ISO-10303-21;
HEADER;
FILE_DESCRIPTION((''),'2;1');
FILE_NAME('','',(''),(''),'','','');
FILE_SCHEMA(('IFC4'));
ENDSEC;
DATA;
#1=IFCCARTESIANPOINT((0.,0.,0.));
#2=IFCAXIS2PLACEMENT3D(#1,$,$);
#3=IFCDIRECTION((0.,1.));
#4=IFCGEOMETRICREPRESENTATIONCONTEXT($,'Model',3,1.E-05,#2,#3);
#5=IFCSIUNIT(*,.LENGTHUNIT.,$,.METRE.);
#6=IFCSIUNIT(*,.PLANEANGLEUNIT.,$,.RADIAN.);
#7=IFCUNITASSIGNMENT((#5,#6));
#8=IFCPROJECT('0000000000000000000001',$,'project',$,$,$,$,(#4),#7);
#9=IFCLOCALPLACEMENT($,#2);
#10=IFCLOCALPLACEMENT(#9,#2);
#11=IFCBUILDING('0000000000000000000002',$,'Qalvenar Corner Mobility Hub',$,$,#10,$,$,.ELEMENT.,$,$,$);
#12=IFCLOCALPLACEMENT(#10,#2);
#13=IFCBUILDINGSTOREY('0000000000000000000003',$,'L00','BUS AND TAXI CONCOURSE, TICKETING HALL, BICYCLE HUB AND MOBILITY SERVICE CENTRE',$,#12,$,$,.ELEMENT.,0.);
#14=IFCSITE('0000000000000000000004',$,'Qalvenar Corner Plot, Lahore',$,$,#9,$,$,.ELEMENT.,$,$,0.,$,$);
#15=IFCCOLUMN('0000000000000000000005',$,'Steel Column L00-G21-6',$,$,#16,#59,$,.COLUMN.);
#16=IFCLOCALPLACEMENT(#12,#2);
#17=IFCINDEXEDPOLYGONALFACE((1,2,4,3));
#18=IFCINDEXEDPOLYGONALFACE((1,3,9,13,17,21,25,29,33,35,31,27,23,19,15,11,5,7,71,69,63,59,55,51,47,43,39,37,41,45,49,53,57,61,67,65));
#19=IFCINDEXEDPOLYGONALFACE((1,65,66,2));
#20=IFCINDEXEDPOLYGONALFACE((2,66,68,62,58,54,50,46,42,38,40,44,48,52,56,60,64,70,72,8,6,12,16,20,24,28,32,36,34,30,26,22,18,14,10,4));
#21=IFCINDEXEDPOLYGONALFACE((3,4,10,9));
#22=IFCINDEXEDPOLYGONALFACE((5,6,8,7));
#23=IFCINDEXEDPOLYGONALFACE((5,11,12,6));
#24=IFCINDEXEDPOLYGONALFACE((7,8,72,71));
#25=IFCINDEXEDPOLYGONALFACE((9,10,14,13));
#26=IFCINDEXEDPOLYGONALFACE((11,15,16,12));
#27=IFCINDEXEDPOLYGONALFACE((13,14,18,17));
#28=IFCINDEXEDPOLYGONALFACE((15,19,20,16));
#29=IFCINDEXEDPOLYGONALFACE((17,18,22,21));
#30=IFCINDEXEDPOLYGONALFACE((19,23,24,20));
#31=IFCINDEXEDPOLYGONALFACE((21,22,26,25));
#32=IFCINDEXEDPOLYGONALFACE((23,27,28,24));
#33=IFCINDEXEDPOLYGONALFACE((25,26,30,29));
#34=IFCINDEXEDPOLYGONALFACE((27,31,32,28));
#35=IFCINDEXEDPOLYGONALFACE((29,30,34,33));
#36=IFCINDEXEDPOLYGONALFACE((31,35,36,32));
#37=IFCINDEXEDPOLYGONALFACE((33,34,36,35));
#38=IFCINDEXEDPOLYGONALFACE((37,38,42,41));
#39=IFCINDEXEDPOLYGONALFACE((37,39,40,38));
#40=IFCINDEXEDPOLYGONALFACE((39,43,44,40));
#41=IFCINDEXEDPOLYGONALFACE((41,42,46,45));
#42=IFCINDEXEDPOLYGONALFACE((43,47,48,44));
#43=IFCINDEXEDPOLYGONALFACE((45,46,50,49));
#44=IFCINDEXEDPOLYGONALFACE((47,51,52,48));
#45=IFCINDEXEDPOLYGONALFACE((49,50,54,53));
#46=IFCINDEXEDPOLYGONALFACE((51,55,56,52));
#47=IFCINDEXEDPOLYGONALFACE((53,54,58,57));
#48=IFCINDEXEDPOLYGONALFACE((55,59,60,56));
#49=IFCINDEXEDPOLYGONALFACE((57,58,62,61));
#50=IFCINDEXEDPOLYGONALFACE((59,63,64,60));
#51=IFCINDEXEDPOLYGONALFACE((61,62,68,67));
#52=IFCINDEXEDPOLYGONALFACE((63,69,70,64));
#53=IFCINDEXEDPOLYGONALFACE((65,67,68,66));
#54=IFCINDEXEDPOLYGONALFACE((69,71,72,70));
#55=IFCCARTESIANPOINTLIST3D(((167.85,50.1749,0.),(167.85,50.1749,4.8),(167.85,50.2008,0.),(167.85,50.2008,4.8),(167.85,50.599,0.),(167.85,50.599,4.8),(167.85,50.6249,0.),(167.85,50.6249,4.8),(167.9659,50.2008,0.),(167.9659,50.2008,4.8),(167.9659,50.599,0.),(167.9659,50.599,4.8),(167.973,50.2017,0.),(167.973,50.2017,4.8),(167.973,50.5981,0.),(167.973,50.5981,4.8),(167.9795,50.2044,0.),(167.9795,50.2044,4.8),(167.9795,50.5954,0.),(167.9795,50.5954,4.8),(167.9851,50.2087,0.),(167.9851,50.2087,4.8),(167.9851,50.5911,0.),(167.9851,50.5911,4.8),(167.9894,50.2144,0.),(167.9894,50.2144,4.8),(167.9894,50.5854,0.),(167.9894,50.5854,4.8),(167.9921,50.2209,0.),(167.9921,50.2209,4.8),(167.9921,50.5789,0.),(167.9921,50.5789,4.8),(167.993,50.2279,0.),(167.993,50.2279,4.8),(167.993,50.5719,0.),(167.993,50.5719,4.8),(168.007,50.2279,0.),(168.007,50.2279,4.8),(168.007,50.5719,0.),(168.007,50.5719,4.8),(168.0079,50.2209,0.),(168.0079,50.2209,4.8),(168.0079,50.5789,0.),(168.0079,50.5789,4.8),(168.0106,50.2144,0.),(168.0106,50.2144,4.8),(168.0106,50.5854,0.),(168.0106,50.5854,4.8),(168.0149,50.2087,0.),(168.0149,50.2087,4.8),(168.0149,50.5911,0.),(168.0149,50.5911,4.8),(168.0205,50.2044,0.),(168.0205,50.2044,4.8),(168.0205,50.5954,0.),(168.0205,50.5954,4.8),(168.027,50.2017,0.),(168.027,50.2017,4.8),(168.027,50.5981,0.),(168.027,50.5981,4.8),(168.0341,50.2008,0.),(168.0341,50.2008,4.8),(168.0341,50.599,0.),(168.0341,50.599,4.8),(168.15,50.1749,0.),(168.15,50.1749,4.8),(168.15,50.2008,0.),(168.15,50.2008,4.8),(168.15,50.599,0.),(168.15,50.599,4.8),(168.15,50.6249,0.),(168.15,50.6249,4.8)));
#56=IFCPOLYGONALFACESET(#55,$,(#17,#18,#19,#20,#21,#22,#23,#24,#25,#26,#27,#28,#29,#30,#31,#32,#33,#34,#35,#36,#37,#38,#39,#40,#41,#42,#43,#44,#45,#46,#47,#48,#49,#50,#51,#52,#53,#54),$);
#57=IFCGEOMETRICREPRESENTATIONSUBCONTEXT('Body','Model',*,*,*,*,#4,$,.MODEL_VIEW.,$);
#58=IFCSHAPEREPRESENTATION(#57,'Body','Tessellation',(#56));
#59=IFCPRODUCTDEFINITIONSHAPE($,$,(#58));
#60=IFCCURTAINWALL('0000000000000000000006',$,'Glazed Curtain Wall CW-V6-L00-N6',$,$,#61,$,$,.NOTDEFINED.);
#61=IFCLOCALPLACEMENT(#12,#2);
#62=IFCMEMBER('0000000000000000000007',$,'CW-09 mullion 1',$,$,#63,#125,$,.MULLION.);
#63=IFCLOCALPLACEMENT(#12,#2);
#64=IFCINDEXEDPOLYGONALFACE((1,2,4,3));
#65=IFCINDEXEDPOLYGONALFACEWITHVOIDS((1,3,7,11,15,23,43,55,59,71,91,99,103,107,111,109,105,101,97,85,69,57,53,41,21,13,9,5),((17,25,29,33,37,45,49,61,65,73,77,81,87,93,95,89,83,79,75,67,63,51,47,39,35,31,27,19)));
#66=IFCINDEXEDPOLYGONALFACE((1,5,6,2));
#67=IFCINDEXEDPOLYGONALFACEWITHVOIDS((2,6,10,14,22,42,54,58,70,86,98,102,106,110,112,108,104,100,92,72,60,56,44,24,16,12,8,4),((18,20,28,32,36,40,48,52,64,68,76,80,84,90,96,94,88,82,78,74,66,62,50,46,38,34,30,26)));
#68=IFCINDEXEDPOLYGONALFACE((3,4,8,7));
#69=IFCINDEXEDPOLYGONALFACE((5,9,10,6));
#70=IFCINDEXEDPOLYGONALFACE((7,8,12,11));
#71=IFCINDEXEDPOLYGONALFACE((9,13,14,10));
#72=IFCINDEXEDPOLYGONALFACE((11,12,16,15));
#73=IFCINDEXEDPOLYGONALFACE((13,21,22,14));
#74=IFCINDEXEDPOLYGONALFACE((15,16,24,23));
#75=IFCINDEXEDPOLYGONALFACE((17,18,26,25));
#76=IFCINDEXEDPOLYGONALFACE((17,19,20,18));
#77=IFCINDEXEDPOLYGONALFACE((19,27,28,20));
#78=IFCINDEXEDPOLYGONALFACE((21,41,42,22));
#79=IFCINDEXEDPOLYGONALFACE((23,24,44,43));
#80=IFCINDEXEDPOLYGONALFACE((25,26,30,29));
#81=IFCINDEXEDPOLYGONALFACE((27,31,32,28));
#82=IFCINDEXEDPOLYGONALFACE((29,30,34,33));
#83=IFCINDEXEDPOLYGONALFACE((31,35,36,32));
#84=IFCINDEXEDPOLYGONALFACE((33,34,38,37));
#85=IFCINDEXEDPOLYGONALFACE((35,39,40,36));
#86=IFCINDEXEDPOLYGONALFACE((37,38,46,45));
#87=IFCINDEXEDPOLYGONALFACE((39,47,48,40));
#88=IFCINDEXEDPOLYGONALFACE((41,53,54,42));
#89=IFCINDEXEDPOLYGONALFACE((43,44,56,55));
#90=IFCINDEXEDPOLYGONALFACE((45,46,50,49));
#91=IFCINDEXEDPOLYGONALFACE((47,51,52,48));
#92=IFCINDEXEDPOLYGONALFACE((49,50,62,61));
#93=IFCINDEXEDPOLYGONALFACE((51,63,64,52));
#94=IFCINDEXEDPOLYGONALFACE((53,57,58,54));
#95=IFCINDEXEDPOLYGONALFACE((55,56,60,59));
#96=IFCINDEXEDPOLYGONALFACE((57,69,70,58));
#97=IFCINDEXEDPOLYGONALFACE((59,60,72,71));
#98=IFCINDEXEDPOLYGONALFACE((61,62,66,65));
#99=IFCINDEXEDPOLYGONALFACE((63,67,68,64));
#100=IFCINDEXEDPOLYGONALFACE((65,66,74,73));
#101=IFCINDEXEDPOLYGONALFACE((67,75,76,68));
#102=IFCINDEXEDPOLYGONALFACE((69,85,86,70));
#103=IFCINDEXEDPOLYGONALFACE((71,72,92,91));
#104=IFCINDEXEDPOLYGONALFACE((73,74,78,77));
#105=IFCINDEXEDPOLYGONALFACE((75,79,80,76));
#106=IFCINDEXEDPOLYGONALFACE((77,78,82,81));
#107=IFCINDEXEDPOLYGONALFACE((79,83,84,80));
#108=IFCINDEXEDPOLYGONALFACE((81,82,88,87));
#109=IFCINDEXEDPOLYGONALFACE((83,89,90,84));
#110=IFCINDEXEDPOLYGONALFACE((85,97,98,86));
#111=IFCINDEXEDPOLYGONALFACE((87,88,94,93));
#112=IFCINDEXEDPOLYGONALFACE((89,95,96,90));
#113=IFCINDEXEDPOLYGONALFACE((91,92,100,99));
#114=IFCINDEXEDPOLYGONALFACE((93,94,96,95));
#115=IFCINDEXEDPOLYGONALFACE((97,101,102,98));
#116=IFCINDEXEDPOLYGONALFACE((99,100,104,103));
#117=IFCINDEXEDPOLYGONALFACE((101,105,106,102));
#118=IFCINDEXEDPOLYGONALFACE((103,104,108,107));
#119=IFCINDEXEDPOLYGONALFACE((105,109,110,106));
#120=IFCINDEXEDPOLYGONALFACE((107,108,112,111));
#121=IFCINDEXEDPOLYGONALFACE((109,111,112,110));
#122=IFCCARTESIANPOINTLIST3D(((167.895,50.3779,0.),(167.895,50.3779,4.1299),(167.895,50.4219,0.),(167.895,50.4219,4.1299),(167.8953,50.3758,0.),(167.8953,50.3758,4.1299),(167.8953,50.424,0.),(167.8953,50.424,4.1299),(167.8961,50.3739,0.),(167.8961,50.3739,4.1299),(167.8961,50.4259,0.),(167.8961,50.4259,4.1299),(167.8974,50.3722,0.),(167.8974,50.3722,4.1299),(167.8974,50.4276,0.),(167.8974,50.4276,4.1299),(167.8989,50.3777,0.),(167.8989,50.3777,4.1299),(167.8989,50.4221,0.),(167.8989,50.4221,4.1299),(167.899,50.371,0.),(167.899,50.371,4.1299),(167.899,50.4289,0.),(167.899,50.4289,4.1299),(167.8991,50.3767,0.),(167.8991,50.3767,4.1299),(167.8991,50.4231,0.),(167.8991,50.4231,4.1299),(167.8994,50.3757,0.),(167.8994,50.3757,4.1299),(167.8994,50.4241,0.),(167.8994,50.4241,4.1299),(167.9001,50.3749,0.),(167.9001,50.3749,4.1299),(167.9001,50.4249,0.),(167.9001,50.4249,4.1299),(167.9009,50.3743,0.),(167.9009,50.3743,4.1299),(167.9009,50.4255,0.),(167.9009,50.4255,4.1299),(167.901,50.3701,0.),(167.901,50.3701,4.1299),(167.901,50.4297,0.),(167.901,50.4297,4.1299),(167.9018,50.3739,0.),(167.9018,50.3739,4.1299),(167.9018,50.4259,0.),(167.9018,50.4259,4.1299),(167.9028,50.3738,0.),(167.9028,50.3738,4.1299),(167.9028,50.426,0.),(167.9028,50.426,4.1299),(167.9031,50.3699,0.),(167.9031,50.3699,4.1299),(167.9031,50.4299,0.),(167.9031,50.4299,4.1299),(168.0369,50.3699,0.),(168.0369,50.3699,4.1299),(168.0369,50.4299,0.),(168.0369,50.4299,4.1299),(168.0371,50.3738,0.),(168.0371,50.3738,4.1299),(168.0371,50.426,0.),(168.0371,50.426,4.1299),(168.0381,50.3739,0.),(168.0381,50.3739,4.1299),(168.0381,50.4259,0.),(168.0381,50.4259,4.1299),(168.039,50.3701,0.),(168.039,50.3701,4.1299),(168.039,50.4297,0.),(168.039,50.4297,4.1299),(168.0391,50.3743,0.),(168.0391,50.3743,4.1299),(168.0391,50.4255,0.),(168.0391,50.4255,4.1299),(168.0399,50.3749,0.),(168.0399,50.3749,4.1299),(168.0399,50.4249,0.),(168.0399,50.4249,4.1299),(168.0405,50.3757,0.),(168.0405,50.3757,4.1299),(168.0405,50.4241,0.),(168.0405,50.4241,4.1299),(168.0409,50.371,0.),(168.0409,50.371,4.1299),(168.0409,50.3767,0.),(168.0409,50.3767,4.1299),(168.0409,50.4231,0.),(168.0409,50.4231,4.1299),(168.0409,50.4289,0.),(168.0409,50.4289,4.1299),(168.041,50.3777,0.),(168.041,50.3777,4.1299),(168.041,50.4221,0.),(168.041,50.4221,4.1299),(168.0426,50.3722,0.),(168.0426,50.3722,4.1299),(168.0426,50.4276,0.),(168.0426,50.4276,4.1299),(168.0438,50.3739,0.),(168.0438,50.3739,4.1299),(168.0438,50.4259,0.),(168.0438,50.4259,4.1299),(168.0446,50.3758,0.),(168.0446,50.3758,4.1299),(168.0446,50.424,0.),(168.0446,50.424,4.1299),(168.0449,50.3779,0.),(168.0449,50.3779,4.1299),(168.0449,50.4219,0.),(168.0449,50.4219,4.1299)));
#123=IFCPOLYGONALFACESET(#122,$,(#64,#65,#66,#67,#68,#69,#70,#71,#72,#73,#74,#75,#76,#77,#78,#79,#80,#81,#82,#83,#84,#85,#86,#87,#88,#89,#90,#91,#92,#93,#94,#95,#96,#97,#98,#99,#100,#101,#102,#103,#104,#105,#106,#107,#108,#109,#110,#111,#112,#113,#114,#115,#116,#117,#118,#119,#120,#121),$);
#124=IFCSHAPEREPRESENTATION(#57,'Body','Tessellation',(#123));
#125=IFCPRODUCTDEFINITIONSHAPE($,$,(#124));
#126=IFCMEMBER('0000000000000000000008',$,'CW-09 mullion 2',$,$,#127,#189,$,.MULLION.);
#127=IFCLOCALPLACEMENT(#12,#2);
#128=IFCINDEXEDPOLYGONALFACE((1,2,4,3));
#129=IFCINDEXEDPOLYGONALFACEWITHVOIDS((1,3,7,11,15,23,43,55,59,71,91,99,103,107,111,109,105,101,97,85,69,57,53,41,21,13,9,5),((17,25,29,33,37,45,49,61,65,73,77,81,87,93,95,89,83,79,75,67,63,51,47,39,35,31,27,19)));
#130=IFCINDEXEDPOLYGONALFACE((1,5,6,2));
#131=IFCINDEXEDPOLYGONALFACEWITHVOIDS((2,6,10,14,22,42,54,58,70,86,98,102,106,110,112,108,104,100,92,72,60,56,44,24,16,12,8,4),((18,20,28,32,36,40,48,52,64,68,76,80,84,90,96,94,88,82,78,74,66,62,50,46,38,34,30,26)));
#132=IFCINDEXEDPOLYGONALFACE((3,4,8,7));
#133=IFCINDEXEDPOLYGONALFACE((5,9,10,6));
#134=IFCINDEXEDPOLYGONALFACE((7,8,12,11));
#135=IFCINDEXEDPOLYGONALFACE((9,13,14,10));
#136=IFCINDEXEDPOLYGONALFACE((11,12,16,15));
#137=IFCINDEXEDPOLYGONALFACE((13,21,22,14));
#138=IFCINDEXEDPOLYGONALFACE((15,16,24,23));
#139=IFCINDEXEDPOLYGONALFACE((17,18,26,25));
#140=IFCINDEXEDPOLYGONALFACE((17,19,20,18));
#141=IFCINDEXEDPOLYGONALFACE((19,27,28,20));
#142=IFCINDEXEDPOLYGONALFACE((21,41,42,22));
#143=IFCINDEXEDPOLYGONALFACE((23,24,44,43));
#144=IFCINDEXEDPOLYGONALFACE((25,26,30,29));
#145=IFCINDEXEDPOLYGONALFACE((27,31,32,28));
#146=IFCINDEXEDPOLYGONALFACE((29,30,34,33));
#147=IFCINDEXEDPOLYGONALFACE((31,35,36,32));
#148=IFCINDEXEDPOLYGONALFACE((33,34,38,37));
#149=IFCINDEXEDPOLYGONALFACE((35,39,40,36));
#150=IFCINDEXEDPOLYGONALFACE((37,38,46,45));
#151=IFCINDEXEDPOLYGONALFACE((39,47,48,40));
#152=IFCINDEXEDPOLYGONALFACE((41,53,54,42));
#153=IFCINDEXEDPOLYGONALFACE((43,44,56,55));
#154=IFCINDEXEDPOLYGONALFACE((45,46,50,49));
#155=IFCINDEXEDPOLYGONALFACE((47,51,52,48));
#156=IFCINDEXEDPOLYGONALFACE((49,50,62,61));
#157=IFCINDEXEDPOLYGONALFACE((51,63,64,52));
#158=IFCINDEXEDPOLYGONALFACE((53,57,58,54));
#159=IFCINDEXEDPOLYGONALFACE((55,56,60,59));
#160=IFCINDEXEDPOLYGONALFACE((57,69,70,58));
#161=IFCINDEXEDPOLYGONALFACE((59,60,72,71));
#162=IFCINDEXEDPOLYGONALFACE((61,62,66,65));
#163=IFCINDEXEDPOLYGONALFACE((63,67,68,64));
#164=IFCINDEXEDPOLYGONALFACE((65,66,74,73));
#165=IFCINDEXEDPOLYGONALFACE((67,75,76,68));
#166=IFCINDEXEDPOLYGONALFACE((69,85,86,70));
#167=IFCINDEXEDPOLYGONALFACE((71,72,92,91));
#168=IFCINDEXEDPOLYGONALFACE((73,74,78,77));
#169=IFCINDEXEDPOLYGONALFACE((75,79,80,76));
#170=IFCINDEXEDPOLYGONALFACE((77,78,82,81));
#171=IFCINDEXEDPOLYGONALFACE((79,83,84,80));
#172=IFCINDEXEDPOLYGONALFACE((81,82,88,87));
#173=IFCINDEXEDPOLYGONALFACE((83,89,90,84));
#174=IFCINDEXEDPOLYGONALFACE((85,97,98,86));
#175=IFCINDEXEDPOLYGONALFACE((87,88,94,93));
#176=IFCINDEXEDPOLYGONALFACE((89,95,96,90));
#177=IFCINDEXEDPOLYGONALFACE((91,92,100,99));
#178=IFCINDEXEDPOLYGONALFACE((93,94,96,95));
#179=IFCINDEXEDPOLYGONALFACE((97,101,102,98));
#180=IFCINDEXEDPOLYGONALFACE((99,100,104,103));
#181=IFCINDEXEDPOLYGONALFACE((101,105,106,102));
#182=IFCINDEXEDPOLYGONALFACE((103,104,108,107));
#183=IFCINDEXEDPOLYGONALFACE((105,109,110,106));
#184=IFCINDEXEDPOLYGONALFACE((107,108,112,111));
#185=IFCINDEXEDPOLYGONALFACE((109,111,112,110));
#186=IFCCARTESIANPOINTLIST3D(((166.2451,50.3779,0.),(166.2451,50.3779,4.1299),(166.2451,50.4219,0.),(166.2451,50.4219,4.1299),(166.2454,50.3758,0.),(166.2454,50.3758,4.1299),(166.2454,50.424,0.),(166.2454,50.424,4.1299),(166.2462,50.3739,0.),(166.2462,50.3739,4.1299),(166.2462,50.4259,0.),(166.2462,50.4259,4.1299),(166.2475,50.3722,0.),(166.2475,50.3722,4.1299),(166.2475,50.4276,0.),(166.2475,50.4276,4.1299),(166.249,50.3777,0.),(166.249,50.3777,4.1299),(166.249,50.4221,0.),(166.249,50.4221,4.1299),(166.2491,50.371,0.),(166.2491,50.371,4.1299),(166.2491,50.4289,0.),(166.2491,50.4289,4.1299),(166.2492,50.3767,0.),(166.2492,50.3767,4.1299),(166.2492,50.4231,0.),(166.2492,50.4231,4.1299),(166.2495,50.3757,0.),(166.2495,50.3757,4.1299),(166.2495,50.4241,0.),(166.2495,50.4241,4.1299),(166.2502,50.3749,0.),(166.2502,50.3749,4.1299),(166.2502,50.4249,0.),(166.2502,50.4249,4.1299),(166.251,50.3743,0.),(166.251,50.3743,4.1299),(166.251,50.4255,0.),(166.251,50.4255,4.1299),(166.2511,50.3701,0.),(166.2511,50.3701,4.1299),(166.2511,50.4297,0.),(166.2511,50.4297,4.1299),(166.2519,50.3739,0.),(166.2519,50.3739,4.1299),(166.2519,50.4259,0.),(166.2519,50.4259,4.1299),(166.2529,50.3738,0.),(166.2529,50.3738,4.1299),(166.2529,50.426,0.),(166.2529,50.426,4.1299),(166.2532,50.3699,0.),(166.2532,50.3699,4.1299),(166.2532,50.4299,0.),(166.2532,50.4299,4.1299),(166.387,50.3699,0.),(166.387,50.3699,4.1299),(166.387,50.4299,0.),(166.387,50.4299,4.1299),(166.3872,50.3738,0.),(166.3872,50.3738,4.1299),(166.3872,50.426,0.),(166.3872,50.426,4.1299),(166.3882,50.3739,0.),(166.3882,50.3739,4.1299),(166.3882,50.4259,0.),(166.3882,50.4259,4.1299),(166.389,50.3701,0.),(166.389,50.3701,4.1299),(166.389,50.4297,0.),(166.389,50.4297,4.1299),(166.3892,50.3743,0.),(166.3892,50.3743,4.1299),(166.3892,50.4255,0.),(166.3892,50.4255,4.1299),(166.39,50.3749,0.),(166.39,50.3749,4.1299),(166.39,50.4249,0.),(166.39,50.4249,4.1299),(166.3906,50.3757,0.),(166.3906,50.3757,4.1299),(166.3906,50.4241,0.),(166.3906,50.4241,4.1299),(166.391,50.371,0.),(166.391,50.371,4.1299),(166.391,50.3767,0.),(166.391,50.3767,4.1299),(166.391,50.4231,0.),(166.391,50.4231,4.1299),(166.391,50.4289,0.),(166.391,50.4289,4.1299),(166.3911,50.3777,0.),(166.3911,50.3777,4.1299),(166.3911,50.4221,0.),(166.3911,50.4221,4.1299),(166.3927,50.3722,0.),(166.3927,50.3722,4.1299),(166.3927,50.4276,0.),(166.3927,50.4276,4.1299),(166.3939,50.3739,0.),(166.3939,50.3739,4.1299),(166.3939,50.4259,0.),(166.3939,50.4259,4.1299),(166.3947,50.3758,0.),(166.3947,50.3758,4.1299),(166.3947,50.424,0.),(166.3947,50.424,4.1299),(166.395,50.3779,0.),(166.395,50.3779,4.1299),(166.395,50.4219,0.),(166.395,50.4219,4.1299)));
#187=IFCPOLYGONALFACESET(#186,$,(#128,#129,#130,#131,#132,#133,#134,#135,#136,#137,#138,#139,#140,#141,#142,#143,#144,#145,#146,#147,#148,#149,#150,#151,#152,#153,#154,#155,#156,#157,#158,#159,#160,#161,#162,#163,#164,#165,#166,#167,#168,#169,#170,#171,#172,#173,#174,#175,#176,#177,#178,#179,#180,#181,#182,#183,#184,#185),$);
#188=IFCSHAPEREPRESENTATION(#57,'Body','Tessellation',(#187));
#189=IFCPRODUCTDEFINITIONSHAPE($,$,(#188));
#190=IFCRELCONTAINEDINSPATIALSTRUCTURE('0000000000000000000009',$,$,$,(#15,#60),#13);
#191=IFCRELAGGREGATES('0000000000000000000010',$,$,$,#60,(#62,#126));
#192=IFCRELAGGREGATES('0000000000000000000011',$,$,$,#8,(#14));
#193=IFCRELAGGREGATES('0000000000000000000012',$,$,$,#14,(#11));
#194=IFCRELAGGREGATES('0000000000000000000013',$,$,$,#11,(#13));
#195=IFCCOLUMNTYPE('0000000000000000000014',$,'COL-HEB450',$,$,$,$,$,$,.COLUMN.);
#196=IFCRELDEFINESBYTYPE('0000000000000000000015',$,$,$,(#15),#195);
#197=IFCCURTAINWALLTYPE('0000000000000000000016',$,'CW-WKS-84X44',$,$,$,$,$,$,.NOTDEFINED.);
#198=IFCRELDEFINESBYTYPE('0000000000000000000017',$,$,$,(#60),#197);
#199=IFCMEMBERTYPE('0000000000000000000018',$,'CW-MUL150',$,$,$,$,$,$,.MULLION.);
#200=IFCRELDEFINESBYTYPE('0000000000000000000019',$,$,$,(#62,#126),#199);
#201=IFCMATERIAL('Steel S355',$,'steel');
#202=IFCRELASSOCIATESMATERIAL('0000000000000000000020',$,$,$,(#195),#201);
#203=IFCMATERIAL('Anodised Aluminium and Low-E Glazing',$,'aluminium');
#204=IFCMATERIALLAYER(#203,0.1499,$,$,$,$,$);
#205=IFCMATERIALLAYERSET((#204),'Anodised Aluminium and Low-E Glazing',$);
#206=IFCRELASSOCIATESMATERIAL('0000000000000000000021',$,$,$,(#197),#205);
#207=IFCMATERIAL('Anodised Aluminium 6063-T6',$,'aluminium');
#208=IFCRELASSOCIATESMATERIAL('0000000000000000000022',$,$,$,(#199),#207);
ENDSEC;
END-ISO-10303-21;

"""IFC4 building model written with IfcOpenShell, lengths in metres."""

from ifc_helpers import new_model, si_unit, direction, frame, origin, origin_2d, place, context, subcontext, project, spatial, hollow_rectangle, i_section, extrude, material, layer, layer_set, material_profile, profile_set, type_object, element, aggregate, save


model = new_model("IFC4")

# Units and contexts
model_context = context("Model", 3, precision=1e-05, world=origin(), true_north=direction((0.0, 1.0)))
body_context = subcontext(model_context, "Body", "Model", "MODEL_VIEW")
ifc_project = project(units=[si_unit("LENGTHUNIT", "METRE"), si_unit("PLANEANGLEUNIT", "RADIAN")], contexts=[model_context])

# Site, building, storey
site_placement = place(None, origin())
site = spatial("IfcSite", under=ifc_project, at=site_placement, Name="Qalvenar Corner Plot, Lahore", CompositionType="ELEMENT", RefElevation=0.0)
building_placement = place(site_placement, origin())
building = spatial("IfcBuilding", under=site, at=building_placement, Name="Qalvenar Corner Mobility Hub", CompositionType="ELEMENT")
storey_placement = place(building_placement, origin())
storey = spatial("IfcBuildingStorey", under=building, at=storey_placement, Name="L00", Description="BUS AND TAXI CONCOURSE, TICKETING HALL, BICYCLE HUB AND MOBILITY SERVICE CENTRE", CompositionType="ELEMENT", Elevation=0.0)

# Column
ifc_material_1 = material(Name="Steel S355", Category="steel")
ifc_material_profile_1 = material_profile(ifc_material_1, i_section(OverallWidth=0.3, OverallDepth=0.45, WebThickness=0.0139, FlangeThickness=0.0259, FilletRadius=0.0271, at=origin_2d()), Name="HEB450")
ifc_profile_set_1 = profile_set([ifc_material_profile_1], Name="Steel S355")
column_type = type_object("IfcColumnType", Name="COL-HEB450", PredefinedType="COLUMN", material=ifc_profile_set_1)
column_placement = place(storey_placement, frame((168.0, 50.3999, 0.0), z_axis=(0.0, 0.0, 1.0), x_axis=(1.0, 0.0, 0.0)))
element("IfcColumn", 1, at=column_placement, inside=storey, type_object=column_type, Name="Steel Column L00-G21-6", PredefinedType="COLUMN", context=body_context, shape_type="SweptSolid", body=[
    extrude(i_section(OverallWidth=0.3, OverallDepth=0.45, WebThickness=0.0139, FlangeThickness=0.0259, FilletRadius=0.0271, at=origin_2d()), origin(), (0.0, 0.0, 1.0), 4.8),
])

# Curtain wall, members
ifc_material_2 = material(Name="Anodised Aluminium and Low-E Glazing", Category="aluminium")
ifc_layer_1 = layer(ifc_material_2, 0.1499)
ifc_layer_set_1 = layer_set([ifc_layer_1], Name="Anodised Aluminium and Low-E Glazing")
curtain_wall_type = type_object("IfcCurtainWallType", Name="CW-WKS-84X44", PredefinedType="NOTDEFINED", material=ifc_layer_set_1)
curtain_wall_placement = place(storey_placement, origin())
curtain_wall = element("IfcCurtainWall", 2, at=curtain_wall_placement, inside=storey, type_object=curtain_wall_type, Name="Glazed Curtain Wall CW-V6-L00-N6", PredefinedType="NOTDEFINED")
ifc_material_3 = material(Name="Anodised Aluminium 6063-T6", Category="aluminium")
ifc_material_profile_2 = material_profile(ifc_material_3, hollow_rectangle(XDim=0.0601, YDim=0.1499, WallThickness=0.0039, InnerFilletRadius=0.0039, OuterFilletRadius=0.0081, at=origin_2d()), Name="RHS150x60x4")
ifc_profile_set_2 = profile_set([ifc_material_profile_2], Name="Anodised Aluminium 6063-T6")
member_type_1 = type_object("IfcMemberType", Name="CW-MUL150", PredefinedType="MULLION", material=ifc_profile_set_2)
member_1_placement = place(storey_placement, frame((167.97, 50.3999, 0.0), z_axis=(0.0, 0.0, 1.0), x_axis=(0.0, -1.0, 0.0)))
member_1 = element("IfcMember", 3, at=member_1_placement, type_object=member_type_1, Name="CW-09 mullion 1", PredefinedType="MULLION", context=body_context, shape_type="SweptSolid", body=[
    extrude(hollow_rectangle(XDim=0.0601, YDim=0.1499, WallThickness=0.0039, InnerFilletRadius=0.0039, OuterFilletRadius=0.0081, at=origin_2d()), origin(), (0.0, 0.0, 1.0), 4.1299),
])
member_2_placement = place(storey_placement, frame((166.3201, 50.3999, 0.0), z_axis=(0.0, 0.0, 1.0), x_axis=(0.0, -1.0, 0.0)))
member_2 = element("IfcMember", 4, at=member_2_placement, type_object=member_type_1, Name="CW-09 mullion 2", PredefinedType="MULLION", context=body_context, shape_type="SweptSolid", body=[
    extrude(hollow_rectangle(XDim=0.0601, YDim=0.1499, WallThickness=0.0039, InnerFilletRadius=0.0039, OuterFilletRadius=0.0081, at=origin_2d()), origin(), (0.0, 0.0, 1.0), 4.1299),
])
aggregate(curtain_wall, [member_1, member_2])

save(model, "model.ifc")
